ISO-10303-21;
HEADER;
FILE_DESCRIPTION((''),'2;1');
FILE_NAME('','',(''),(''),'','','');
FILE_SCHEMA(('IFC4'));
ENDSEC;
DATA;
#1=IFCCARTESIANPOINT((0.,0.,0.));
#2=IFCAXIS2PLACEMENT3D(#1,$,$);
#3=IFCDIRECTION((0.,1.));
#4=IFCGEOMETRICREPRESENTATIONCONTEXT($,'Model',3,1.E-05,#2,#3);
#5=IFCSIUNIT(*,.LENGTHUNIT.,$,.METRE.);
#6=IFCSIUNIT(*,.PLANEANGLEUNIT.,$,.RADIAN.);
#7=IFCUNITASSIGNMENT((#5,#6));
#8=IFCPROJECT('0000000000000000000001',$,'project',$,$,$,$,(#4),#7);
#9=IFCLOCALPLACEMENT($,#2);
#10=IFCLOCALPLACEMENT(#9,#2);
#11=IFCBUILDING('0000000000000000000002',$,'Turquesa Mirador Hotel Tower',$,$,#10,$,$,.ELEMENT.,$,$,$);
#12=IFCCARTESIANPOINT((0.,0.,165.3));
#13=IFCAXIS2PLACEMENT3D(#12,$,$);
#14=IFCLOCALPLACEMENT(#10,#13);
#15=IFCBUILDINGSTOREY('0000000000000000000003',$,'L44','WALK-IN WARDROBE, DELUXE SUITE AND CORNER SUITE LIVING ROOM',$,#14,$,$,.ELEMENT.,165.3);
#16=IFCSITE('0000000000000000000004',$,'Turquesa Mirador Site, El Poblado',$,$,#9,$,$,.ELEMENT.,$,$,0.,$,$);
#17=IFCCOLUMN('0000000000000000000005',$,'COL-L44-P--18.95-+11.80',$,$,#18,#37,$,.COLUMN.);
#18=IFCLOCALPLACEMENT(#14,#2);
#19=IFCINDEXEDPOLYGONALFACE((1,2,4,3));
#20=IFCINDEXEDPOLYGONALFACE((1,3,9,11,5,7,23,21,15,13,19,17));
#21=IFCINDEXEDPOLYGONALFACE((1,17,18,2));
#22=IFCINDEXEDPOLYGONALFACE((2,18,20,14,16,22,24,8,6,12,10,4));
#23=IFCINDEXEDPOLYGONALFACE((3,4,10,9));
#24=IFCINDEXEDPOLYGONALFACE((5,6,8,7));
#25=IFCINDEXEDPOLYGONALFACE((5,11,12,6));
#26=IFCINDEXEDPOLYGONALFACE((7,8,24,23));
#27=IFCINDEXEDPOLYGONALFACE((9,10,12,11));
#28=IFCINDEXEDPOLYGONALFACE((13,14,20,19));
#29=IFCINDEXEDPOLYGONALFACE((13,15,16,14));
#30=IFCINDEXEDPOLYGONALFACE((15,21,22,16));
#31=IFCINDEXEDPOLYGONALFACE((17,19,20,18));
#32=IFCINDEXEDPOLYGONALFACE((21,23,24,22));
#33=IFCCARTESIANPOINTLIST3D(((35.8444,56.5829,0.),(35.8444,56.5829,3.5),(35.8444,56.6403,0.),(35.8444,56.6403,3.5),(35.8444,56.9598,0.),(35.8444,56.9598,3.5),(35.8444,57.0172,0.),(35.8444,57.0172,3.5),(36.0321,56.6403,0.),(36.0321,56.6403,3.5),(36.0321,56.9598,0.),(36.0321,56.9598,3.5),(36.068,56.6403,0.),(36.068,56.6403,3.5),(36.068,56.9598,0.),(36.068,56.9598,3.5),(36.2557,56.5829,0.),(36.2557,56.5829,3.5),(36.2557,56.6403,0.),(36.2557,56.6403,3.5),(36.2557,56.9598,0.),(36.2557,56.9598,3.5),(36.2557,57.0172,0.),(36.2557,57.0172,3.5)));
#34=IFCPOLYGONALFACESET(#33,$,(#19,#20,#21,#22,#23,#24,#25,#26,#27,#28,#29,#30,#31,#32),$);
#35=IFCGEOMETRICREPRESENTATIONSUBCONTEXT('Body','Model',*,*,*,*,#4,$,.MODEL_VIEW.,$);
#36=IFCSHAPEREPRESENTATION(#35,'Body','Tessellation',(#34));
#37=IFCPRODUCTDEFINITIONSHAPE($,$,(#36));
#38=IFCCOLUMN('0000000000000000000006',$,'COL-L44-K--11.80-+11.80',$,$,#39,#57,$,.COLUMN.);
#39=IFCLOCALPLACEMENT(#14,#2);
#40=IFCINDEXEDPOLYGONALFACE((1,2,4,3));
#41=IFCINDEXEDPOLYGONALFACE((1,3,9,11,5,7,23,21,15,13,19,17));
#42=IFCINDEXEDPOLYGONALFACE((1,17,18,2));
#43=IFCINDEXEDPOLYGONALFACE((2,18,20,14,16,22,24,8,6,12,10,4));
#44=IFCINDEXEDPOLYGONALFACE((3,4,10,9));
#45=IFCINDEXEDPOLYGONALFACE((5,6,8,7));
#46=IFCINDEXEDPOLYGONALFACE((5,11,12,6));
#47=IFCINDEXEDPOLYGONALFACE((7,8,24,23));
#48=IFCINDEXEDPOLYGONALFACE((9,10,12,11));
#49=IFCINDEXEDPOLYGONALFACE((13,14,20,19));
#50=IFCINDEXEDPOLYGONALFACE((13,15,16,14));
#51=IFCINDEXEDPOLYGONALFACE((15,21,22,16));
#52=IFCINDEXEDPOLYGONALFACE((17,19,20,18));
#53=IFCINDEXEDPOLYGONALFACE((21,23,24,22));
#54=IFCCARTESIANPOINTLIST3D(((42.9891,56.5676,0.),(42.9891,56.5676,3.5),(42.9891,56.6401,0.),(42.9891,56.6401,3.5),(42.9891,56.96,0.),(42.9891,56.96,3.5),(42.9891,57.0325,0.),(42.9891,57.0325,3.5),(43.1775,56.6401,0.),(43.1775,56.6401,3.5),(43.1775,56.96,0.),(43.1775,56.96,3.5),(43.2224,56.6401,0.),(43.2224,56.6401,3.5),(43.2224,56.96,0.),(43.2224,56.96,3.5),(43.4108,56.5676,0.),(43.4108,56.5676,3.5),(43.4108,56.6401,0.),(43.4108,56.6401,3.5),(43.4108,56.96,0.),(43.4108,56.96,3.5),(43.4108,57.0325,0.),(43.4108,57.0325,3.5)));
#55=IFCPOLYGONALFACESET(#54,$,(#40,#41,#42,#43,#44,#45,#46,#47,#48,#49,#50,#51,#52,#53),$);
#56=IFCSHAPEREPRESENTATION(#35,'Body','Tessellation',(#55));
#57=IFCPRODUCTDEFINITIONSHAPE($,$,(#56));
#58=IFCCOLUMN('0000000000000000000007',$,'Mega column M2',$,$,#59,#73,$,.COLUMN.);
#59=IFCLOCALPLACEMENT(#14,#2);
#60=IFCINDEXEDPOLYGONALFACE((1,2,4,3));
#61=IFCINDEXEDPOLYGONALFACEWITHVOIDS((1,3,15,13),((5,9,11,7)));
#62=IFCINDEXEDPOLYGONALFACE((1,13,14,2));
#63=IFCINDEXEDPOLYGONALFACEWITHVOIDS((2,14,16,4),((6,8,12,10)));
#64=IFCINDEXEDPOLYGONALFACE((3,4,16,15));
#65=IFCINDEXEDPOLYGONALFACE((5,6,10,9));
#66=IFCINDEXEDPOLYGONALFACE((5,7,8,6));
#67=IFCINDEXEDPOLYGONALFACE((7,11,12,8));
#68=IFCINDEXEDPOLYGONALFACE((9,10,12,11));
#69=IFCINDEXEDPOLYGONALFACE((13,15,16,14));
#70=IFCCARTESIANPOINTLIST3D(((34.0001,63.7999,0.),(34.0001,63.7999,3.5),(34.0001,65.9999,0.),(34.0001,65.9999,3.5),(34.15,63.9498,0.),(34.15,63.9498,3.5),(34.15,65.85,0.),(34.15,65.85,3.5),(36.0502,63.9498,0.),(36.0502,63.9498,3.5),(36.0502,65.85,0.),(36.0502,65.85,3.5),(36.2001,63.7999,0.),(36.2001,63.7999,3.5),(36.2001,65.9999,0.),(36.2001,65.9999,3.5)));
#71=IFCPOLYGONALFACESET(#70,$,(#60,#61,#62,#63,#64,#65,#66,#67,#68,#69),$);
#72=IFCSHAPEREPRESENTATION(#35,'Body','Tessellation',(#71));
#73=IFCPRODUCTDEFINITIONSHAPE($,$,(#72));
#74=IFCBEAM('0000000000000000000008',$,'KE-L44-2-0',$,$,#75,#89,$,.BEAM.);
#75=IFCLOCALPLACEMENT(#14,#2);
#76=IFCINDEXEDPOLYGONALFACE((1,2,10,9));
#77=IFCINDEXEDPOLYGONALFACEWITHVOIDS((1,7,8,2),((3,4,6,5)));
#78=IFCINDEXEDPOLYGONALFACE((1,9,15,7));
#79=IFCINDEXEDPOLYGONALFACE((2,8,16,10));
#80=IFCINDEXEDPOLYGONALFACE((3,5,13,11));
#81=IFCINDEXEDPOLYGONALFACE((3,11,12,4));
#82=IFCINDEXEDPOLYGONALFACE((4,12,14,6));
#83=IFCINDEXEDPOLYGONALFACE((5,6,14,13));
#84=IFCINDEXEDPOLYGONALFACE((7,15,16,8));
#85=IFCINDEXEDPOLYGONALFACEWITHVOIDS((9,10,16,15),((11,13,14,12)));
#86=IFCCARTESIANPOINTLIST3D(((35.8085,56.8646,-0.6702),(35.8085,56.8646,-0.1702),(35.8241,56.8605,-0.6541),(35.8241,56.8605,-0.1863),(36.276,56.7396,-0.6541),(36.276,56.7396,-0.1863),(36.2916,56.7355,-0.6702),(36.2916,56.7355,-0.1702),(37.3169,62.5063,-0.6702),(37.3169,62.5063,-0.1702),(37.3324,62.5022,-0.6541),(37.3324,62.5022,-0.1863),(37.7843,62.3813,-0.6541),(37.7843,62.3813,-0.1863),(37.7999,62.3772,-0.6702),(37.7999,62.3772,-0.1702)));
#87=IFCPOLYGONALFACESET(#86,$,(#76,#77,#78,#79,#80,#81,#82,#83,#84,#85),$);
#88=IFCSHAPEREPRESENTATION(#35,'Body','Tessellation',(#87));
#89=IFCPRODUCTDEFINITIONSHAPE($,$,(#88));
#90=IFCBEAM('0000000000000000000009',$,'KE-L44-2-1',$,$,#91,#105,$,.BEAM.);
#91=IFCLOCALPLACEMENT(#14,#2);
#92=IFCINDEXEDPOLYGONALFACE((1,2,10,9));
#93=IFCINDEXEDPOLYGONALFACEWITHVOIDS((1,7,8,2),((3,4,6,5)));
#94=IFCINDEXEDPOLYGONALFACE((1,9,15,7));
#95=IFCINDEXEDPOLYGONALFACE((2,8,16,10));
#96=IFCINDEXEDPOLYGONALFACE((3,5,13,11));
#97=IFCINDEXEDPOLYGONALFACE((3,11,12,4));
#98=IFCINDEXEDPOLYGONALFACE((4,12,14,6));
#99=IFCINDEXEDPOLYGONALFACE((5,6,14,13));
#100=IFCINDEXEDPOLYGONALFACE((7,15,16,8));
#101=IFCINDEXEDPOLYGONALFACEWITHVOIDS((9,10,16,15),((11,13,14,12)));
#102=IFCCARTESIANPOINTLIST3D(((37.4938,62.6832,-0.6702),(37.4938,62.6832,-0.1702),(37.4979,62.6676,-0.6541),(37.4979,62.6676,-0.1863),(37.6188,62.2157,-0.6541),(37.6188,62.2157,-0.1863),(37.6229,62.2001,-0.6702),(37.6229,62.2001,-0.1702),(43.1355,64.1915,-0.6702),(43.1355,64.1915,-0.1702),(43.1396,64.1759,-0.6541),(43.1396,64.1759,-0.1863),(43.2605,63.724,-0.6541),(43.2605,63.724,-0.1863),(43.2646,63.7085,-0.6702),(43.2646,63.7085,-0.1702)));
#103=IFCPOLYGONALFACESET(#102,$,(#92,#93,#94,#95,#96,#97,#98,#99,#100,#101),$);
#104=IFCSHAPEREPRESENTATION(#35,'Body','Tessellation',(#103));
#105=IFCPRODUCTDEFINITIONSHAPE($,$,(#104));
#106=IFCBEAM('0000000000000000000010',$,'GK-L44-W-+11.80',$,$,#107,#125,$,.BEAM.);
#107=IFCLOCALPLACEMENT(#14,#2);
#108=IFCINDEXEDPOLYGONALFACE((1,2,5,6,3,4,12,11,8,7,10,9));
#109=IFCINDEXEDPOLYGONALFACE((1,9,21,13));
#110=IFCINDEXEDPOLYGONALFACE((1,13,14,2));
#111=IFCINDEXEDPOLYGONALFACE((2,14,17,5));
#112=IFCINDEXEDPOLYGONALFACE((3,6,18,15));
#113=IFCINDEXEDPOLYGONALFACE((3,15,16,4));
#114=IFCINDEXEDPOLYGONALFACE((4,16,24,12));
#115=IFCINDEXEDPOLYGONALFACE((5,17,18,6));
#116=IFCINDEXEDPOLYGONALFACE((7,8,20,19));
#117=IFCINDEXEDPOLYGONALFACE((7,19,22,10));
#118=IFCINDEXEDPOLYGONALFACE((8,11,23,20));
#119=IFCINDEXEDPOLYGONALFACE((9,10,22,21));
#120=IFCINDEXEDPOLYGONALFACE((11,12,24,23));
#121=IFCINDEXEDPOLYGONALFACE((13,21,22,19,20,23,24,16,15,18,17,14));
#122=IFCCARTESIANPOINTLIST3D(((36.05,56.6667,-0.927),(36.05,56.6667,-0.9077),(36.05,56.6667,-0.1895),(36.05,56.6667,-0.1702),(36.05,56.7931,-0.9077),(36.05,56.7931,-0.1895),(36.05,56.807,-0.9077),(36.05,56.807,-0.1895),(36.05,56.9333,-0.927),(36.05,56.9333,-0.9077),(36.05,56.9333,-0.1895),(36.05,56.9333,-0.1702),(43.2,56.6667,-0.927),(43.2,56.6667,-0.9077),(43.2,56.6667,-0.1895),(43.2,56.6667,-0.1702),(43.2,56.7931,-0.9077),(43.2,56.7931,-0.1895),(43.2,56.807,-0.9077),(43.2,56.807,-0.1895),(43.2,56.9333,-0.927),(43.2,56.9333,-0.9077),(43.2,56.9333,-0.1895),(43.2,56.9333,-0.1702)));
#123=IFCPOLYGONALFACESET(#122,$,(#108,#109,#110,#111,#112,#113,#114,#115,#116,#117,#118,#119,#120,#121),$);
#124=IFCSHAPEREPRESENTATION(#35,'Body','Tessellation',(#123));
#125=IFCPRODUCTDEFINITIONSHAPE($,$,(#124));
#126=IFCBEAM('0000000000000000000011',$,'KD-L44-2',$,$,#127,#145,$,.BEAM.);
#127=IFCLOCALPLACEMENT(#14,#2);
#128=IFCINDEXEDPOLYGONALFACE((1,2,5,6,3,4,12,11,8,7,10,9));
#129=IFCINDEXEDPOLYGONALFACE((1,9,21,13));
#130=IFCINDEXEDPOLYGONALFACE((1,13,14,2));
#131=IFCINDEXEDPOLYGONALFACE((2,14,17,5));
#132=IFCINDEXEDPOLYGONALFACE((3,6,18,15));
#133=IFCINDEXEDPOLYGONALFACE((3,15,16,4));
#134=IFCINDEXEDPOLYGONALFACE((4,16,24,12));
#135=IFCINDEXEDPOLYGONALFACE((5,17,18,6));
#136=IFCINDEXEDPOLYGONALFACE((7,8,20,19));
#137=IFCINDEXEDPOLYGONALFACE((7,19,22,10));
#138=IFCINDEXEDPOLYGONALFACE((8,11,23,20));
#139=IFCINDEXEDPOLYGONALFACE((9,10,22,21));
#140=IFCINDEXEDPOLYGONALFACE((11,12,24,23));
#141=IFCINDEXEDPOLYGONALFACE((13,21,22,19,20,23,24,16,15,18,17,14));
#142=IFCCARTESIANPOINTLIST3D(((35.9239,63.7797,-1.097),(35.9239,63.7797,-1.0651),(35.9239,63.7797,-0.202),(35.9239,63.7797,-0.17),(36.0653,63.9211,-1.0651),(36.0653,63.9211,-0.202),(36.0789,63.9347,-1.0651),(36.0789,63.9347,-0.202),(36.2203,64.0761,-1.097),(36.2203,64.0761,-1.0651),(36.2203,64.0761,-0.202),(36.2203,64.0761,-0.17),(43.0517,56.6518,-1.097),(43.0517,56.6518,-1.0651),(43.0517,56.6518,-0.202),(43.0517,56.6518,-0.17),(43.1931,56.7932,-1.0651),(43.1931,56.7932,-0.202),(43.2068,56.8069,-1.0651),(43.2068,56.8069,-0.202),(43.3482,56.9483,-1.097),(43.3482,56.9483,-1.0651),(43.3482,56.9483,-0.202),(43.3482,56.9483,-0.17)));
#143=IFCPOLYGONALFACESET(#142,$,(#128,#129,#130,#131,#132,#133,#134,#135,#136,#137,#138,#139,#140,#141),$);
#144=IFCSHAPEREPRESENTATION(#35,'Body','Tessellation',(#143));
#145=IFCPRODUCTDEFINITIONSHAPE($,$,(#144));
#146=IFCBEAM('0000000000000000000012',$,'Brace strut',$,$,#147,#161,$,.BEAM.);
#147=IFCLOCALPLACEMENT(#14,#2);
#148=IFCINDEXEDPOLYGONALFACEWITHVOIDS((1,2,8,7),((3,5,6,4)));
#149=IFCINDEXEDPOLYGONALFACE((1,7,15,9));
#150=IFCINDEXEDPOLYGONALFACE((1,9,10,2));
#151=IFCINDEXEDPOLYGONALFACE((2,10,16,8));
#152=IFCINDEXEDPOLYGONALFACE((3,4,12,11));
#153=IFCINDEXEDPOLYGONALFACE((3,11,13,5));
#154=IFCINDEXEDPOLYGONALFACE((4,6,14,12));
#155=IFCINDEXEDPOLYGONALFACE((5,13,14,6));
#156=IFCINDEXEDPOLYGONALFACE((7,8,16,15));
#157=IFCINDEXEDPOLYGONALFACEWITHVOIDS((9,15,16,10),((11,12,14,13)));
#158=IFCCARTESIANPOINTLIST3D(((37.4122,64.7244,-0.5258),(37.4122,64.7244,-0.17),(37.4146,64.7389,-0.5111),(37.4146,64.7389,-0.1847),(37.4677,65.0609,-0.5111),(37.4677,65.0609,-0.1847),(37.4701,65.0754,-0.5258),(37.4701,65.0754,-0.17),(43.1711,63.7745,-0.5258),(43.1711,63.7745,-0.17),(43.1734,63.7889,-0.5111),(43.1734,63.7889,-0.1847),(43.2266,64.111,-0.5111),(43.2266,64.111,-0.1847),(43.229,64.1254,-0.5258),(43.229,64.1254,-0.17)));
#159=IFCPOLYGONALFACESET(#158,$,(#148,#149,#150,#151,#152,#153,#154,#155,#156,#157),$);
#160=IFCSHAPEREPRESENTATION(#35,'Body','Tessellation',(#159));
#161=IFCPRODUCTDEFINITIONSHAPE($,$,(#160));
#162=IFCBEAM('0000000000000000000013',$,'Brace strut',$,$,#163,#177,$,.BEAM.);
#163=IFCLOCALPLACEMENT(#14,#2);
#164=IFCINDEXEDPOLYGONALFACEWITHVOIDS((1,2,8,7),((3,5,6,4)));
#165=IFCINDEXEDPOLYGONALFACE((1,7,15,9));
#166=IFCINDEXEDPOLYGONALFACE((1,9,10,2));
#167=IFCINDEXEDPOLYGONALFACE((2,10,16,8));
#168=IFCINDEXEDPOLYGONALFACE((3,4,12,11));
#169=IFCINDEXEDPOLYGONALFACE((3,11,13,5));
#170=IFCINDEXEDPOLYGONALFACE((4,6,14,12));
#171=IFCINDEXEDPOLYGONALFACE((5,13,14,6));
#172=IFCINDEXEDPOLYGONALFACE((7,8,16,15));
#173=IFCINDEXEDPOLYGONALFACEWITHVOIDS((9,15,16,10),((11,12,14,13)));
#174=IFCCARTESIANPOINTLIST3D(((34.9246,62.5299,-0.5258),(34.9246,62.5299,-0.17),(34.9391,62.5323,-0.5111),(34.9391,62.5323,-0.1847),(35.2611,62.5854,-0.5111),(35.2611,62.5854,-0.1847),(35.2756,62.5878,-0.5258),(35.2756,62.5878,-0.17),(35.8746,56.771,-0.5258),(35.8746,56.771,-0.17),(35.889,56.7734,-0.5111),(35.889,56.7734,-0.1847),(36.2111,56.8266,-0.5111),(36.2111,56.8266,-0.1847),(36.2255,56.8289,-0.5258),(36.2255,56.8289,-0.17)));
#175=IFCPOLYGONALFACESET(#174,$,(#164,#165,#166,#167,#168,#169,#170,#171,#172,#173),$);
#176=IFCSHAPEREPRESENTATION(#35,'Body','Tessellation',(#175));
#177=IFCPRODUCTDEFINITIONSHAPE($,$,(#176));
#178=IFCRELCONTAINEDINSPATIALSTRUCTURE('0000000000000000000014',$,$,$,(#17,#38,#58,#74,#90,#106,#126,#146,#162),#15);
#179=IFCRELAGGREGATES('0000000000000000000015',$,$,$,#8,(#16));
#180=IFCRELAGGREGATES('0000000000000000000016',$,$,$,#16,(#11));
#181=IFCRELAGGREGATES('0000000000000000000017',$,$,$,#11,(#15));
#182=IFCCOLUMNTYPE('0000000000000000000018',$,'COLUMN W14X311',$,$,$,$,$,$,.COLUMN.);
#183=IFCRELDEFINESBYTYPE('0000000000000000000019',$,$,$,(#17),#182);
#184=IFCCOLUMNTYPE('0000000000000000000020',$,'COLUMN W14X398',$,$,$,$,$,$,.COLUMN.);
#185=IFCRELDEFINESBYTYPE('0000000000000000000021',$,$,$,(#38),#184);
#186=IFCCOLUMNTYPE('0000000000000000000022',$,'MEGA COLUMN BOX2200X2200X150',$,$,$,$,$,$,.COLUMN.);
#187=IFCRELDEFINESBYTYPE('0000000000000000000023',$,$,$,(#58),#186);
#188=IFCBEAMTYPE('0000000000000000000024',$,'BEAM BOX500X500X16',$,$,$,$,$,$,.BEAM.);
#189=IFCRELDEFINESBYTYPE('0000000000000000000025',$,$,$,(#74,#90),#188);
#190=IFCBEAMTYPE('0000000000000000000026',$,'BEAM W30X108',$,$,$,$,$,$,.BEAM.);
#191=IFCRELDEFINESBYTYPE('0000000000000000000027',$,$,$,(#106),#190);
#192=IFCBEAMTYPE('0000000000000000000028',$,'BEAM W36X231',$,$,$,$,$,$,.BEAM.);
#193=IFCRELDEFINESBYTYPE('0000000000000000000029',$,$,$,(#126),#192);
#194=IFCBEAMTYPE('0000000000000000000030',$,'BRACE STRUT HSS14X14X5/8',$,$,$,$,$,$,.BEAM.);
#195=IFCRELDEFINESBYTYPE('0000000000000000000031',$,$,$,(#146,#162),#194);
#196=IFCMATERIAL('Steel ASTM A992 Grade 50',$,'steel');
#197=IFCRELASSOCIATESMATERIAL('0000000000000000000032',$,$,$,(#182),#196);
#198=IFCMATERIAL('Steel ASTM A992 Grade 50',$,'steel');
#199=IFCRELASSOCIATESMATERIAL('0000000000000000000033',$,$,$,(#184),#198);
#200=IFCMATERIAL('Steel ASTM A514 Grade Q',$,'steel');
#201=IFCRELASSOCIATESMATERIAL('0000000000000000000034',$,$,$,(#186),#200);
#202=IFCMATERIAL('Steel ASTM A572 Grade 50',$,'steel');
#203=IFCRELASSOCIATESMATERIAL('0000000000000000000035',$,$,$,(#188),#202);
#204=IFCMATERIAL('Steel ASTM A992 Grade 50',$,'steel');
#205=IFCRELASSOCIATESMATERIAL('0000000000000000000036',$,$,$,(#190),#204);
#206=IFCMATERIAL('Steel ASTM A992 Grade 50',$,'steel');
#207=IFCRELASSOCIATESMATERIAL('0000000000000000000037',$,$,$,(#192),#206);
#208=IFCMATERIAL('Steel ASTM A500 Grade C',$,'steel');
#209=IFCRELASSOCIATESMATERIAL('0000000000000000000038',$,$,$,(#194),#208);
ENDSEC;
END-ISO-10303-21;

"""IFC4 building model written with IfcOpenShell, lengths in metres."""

from ifc_helpers import new_model, si_unit, direction, frame, origin, origin_2d, place, context, subcontext, project, spatial, hollow_rectangle, i_section, extrude, material, material_profile, profile_set, type_object, element, save


model = new_model("IFC4")

# Units and contexts
model_context = context("Model", 3, precision=1e-05, world=origin(), true_north=direction((0.0, 1.0)))
body_context = subcontext(model_context, "Body", "Model", "MODEL_VIEW")
ifc_project = project(units=[si_unit("LENGTHUNIT", "METRE"), si_unit("PLANEANGLEUNIT", "RADIAN")], contexts=[model_context])

# Site, building, storey
site_placement = place(None, origin())
site = spatial("IfcSite", under=ifc_project, at=site_placement, Name="Turquesa Mirador Site, El Poblado", CompositionType="ELEMENT", RefElevation=0.0)
building_placement = place(site_placement, origin())
building = spatial("IfcBuilding", under=site, at=building_placement, Name="Turquesa Mirador Hotel Tower", CompositionType="ELEMENT")
storey_placement = place(building_placement, frame((0.0, 0.0, 165.3)))
storey = spatial("IfcBuildingStorey", under=building, at=storey_placement, Name="L44", Description="WALK-IN WARDROBE, DELUXE SUITE AND CORNER SUITE LIVING ROOM", CompositionType="ELEMENT", Elevation=165.3)

# Columns
ifc_material_1 = material(Name="Steel ASTM A992 Grade 50", Category="steel")
ifc_material_profile_1 = material_profile(ifc_material_1, i_section(OverallWidth=0.4114, OverallDepth=0.4343, WebThickness=0.0359, FlangeThickness=0.0574, at=origin_2d()), Name="W14X311")
ifc_profile_set_1 = profile_set([ifc_material_profile_1], Name="Steel ASTM A992 Grade 50")
column_type_1 = type_object("IfcColumnType", Name="COLUMN W14X311", PredefinedType="COLUMN", material=ifc_profile_set_1)
column_1_placement = place(storey_placement, frame((36.05, 56.8, 0.0), z_axis=(0.0, 0.0, 1.0), x_axis=(1.0, 0.0, 0.0)))
element("IfcColumn", 1, at=column_1_placement, inside=storey, type_object=column_type_1, Name="COL-L44-P--18.95-+11.80", PredefinedType="COLUMN", context=body_context, shape_type="SweptSolid", body=[
    extrude(i_section(OverallWidth=0.4114, OverallDepth=0.4343, WebThickness=0.0359, FlangeThickness=0.0574, at=origin_2d()), origin(), (0.0, 0.0, 1.0), 3.5),
])
ifc_material_2 = material(Name="Steel ASTM A992 Grade 50", Category="steel")
ifc_material_profile_2 = material_profile(ifc_material_2, i_section(OverallWidth=0.4216, OverallDepth=0.4648, WebThickness=0.0449, FlangeThickness=0.0725, at=origin_2d()), Name="W14X398")
ifc_profile_set_2 = profile_set([ifc_material_profile_2], Name="Steel ASTM A992 Grade 50")
column_type_2 = type_object("IfcColumnType", Name="COLUMN W14X398", PredefinedType="COLUMN", material=ifc_profile_set_2)
column_2_placement = place(storey_placement, frame((43.2, 56.8, 0.0), z_axis=(0.0, 0.0, 1.0), x_axis=(1.0, 0.0, 0.0)))
element("IfcColumn", 2, at=column_2_placement, inside=storey, type_object=column_type_2, Name="COL-L44-K--11.80-+11.80", PredefinedType="COLUMN", context=body_context, shape_type="SweptSolid", body=[
    extrude(i_section(OverallWidth=0.4216, OverallDepth=0.4648, WebThickness=0.0449, FlangeThickness=0.0725, at=origin_2d()), origin(), (0.0, 0.0, 1.0), 3.5),
])
ifc_material_3 = material(Name="Steel ASTM A514 Grade Q", Category="steel")
ifc_material_profile_3 = material_profile(ifc_material_3, hollow_rectangle(XDim=2.2, YDim=2.2, WallThickness=0.1499, at=origin_2d()), Name="BOX2200X2200X150")
ifc_profile_set_3 = profile_set([ifc_material_profile_3], Name="Steel ASTM A514 Grade Q")
column_type_3 = type_object("IfcColumnType", Name="MEGA COLUMN BOX2200X2200X150", PredefinedType="COLUMN", material=ifc_profile_set_3)
column_3_placement = place(storey_placement, frame((35.1001, 64.8999, 0.0), z_axis=(0.0, 0.0, 1.0), x_axis=(1.0, 0.0, 0.0)))
element("IfcColumn", 3, at=column_3_placement, inside=storey, type_object=column_type_3, Name="Mega column M2", PredefinedType="COLUMN", context=body_context, shape_type="SweptSolid", body=[
    extrude(hollow_rectangle(XDim=2.2, YDim=2.2, WallThickness=0.1499, at=origin_2d()), origin(), (0.0, 0.0, 1.0), 3.5),
])

# Beams
ifc_material_4 = material(Name="Steel ASTM A572 Grade 50", Category="steel")
ifc_material_profile_4 = material_profile(ifc_material_4, hollow_rectangle(XDim=0.5, YDim=0.5, WallThickness=0.0161, at=origin_2d()), Name="BOX500X500X16")
ifc_profile_set_4 = profile_set([ifc_material_profile_4], Name="Steel ASTM A572 Grade 50")
beam_type_1 = type_object("IfcBeamType", Name="BEAM BOX500X500X16", PredefinedType="BEAM", material=ifc_profile_set_4)
for number, where, z_axis, x_axis, name in (
    (4, (36.05, 56.8, -0.4202), (0.258282, 0.96607, 0.0), (-0.96607, 0.258282, 0.0), "KE-L44-2-0"),
    (5, (37.5583, 62.4417, -0.4202), (0.96607, 0.258282, 0.0), (-0.258282, 0.96607, 0.0), "KE-L44-2-1"),
):
    element("IfcBeam", number, at=place(storey_placement, frame(where, z_axis=z_axis, x_axis=x_axis)), inside=storey, type_object=beam_type_1, Name=name, PredefinedType="BEAM", context=body_context, shape_type="SweptSolid", body=[
        extrude(hollow_rectangle(XDim=0.5, YDim=0.5, WallThickness=0.0161, at=origin_2d()), origin(), (0.0, 0.0, 1.0), 5.8398),
    ])
ifc_material_5 = material(Name="Steel ASTM A992 Grade 50", Category="steel")
ifc_material_profile_5 = material_profile(ifc_material_5, i_section(OverallWidth=0.2666, OverallDepth=0.7568, WebThickness=0.0139, FlangeThickness=0.0193, at=origin_2d()), Name="W30X108")
ifc_profile_set_5 = profile_set([ifc_material_profile_5], Name="Steel ASTM A992 Grade 50")
beam_type_2 = type_object("IfcBeamType", Name="BEAM W30X108", PredefinedType="BEAM", material=ifc_profile_set_5)
beam_1_placement = place(storey_placement, frame((36.05, 56.8, -0.5486), z_axis=(1.0, 0.0, 0.0), x_axis=(0.0, 1.0, 0.0)))
element("IfcBeam", 6, at=beam_1_placement, inside=storey, type_object=beam_type_2, Name="GK-L44-W-+11.80", PredefinedType="BEAM", context=body_context, shape_type="SweptSolid", body=[
    extrude(i_section(OverallWidth=0.2666, OverallDepth=0.7568, WebThickness=0.0139, FlangeThickness=0.0193, at=origin_2d()), origin(), (0.0, 0.0, 1.0), 7.1499),
])
ifc_material_6 = material(Name="Steel ASTM A992 Grade 50", Category="steel")
ifc_material_profile_6 = material_profile(ifc_material_6, i_section(OverallWidth=0.4192, OverallDepth=0.927, WebThickness=0.0193, FlangeThickness=0.032, at=origin_2d()), Name="W36X231")
ifc_profile_set_6 = profile_set([ifc_material_profile_6], Name="Steel ASTM A992 Grade 50")
beam_type_3 = type_object("IfcBeamType", Name="BEAM W36X231", PredefinedType="BEAM", material=ifc_profile_set_6)
beam_2_placement = place(storey_placement, frame((43.2, 56.8, -0.6335), z_axis=(-0.707107, 0.707107, 0.0), x_axis=(-0.707107, -0.707107, 0.0)))
element("IfcBeam", 7, at=beam_2_placement, inside=storey, type_object=beam_type_3, Name="KD-L44-2", PredefinedType="BEAM", context=body_context, shape_type="SweptSolid", body=[
    extrude(i_section(OverallWidth=0.4192, OverallDepth=0.927, WebThickness=0.0193, FlangeThickness=0.032, at=origin_2d()), origin(), (0.0, 0.0, 1.0), 10.0803),
])
ifc_material_7 = material(Name="Steel ASTM A500 Grade C", Category="steel")
ifc_material_profile_7 = material_profile(ifc_material_7, hollow_rectangle(XDim=0.3557, YDim=0.3557, WallThickness=0.0146, at=origin_2d()), Name="HSS14X14X5/8")
ifc_profile_set_7 = profile_set([ifc_material_profile_7], Name="Steel ASTM A500 Grade C")
beam_type_4 = type_object("IfcBeamType", Name="BRACE STRUT HSS14X14X5/8", PredefinedType="BEAM", material=ifc_profile_set_7)
for number, where, z_axis, x_axis, name in (
    (8, (37.4412, 64.8999, -0.3479), (0.986666, -0.162757, 0.0), (0.162757, 0.986666, 0.0), "Brace strut"),
    (9, (35.1001, 62.5588, -0.3479), (0.162757, -0.986666, 0.0), (0.986666, 0.162757, 0.0), "Brace strut"),
):
    element("IfcBeam", number, at=place(storey_placement, frame(where, z_axis=z_axis, x_axis=x_axis)), inside=storey, type_object=beam_type_4, Name=name, PredefinedType="BEAM", context=body_context, shape_type="SweptSolid", body=[
        extrude(hollow_rectangle(XDim=0.3557, YDim=0.3557, WallThickness=0.0146, at=origin_2d()), origin(), (0.0, 0.0, 1.0), 5.8367),
    ])

save(model, "model.ifc")
